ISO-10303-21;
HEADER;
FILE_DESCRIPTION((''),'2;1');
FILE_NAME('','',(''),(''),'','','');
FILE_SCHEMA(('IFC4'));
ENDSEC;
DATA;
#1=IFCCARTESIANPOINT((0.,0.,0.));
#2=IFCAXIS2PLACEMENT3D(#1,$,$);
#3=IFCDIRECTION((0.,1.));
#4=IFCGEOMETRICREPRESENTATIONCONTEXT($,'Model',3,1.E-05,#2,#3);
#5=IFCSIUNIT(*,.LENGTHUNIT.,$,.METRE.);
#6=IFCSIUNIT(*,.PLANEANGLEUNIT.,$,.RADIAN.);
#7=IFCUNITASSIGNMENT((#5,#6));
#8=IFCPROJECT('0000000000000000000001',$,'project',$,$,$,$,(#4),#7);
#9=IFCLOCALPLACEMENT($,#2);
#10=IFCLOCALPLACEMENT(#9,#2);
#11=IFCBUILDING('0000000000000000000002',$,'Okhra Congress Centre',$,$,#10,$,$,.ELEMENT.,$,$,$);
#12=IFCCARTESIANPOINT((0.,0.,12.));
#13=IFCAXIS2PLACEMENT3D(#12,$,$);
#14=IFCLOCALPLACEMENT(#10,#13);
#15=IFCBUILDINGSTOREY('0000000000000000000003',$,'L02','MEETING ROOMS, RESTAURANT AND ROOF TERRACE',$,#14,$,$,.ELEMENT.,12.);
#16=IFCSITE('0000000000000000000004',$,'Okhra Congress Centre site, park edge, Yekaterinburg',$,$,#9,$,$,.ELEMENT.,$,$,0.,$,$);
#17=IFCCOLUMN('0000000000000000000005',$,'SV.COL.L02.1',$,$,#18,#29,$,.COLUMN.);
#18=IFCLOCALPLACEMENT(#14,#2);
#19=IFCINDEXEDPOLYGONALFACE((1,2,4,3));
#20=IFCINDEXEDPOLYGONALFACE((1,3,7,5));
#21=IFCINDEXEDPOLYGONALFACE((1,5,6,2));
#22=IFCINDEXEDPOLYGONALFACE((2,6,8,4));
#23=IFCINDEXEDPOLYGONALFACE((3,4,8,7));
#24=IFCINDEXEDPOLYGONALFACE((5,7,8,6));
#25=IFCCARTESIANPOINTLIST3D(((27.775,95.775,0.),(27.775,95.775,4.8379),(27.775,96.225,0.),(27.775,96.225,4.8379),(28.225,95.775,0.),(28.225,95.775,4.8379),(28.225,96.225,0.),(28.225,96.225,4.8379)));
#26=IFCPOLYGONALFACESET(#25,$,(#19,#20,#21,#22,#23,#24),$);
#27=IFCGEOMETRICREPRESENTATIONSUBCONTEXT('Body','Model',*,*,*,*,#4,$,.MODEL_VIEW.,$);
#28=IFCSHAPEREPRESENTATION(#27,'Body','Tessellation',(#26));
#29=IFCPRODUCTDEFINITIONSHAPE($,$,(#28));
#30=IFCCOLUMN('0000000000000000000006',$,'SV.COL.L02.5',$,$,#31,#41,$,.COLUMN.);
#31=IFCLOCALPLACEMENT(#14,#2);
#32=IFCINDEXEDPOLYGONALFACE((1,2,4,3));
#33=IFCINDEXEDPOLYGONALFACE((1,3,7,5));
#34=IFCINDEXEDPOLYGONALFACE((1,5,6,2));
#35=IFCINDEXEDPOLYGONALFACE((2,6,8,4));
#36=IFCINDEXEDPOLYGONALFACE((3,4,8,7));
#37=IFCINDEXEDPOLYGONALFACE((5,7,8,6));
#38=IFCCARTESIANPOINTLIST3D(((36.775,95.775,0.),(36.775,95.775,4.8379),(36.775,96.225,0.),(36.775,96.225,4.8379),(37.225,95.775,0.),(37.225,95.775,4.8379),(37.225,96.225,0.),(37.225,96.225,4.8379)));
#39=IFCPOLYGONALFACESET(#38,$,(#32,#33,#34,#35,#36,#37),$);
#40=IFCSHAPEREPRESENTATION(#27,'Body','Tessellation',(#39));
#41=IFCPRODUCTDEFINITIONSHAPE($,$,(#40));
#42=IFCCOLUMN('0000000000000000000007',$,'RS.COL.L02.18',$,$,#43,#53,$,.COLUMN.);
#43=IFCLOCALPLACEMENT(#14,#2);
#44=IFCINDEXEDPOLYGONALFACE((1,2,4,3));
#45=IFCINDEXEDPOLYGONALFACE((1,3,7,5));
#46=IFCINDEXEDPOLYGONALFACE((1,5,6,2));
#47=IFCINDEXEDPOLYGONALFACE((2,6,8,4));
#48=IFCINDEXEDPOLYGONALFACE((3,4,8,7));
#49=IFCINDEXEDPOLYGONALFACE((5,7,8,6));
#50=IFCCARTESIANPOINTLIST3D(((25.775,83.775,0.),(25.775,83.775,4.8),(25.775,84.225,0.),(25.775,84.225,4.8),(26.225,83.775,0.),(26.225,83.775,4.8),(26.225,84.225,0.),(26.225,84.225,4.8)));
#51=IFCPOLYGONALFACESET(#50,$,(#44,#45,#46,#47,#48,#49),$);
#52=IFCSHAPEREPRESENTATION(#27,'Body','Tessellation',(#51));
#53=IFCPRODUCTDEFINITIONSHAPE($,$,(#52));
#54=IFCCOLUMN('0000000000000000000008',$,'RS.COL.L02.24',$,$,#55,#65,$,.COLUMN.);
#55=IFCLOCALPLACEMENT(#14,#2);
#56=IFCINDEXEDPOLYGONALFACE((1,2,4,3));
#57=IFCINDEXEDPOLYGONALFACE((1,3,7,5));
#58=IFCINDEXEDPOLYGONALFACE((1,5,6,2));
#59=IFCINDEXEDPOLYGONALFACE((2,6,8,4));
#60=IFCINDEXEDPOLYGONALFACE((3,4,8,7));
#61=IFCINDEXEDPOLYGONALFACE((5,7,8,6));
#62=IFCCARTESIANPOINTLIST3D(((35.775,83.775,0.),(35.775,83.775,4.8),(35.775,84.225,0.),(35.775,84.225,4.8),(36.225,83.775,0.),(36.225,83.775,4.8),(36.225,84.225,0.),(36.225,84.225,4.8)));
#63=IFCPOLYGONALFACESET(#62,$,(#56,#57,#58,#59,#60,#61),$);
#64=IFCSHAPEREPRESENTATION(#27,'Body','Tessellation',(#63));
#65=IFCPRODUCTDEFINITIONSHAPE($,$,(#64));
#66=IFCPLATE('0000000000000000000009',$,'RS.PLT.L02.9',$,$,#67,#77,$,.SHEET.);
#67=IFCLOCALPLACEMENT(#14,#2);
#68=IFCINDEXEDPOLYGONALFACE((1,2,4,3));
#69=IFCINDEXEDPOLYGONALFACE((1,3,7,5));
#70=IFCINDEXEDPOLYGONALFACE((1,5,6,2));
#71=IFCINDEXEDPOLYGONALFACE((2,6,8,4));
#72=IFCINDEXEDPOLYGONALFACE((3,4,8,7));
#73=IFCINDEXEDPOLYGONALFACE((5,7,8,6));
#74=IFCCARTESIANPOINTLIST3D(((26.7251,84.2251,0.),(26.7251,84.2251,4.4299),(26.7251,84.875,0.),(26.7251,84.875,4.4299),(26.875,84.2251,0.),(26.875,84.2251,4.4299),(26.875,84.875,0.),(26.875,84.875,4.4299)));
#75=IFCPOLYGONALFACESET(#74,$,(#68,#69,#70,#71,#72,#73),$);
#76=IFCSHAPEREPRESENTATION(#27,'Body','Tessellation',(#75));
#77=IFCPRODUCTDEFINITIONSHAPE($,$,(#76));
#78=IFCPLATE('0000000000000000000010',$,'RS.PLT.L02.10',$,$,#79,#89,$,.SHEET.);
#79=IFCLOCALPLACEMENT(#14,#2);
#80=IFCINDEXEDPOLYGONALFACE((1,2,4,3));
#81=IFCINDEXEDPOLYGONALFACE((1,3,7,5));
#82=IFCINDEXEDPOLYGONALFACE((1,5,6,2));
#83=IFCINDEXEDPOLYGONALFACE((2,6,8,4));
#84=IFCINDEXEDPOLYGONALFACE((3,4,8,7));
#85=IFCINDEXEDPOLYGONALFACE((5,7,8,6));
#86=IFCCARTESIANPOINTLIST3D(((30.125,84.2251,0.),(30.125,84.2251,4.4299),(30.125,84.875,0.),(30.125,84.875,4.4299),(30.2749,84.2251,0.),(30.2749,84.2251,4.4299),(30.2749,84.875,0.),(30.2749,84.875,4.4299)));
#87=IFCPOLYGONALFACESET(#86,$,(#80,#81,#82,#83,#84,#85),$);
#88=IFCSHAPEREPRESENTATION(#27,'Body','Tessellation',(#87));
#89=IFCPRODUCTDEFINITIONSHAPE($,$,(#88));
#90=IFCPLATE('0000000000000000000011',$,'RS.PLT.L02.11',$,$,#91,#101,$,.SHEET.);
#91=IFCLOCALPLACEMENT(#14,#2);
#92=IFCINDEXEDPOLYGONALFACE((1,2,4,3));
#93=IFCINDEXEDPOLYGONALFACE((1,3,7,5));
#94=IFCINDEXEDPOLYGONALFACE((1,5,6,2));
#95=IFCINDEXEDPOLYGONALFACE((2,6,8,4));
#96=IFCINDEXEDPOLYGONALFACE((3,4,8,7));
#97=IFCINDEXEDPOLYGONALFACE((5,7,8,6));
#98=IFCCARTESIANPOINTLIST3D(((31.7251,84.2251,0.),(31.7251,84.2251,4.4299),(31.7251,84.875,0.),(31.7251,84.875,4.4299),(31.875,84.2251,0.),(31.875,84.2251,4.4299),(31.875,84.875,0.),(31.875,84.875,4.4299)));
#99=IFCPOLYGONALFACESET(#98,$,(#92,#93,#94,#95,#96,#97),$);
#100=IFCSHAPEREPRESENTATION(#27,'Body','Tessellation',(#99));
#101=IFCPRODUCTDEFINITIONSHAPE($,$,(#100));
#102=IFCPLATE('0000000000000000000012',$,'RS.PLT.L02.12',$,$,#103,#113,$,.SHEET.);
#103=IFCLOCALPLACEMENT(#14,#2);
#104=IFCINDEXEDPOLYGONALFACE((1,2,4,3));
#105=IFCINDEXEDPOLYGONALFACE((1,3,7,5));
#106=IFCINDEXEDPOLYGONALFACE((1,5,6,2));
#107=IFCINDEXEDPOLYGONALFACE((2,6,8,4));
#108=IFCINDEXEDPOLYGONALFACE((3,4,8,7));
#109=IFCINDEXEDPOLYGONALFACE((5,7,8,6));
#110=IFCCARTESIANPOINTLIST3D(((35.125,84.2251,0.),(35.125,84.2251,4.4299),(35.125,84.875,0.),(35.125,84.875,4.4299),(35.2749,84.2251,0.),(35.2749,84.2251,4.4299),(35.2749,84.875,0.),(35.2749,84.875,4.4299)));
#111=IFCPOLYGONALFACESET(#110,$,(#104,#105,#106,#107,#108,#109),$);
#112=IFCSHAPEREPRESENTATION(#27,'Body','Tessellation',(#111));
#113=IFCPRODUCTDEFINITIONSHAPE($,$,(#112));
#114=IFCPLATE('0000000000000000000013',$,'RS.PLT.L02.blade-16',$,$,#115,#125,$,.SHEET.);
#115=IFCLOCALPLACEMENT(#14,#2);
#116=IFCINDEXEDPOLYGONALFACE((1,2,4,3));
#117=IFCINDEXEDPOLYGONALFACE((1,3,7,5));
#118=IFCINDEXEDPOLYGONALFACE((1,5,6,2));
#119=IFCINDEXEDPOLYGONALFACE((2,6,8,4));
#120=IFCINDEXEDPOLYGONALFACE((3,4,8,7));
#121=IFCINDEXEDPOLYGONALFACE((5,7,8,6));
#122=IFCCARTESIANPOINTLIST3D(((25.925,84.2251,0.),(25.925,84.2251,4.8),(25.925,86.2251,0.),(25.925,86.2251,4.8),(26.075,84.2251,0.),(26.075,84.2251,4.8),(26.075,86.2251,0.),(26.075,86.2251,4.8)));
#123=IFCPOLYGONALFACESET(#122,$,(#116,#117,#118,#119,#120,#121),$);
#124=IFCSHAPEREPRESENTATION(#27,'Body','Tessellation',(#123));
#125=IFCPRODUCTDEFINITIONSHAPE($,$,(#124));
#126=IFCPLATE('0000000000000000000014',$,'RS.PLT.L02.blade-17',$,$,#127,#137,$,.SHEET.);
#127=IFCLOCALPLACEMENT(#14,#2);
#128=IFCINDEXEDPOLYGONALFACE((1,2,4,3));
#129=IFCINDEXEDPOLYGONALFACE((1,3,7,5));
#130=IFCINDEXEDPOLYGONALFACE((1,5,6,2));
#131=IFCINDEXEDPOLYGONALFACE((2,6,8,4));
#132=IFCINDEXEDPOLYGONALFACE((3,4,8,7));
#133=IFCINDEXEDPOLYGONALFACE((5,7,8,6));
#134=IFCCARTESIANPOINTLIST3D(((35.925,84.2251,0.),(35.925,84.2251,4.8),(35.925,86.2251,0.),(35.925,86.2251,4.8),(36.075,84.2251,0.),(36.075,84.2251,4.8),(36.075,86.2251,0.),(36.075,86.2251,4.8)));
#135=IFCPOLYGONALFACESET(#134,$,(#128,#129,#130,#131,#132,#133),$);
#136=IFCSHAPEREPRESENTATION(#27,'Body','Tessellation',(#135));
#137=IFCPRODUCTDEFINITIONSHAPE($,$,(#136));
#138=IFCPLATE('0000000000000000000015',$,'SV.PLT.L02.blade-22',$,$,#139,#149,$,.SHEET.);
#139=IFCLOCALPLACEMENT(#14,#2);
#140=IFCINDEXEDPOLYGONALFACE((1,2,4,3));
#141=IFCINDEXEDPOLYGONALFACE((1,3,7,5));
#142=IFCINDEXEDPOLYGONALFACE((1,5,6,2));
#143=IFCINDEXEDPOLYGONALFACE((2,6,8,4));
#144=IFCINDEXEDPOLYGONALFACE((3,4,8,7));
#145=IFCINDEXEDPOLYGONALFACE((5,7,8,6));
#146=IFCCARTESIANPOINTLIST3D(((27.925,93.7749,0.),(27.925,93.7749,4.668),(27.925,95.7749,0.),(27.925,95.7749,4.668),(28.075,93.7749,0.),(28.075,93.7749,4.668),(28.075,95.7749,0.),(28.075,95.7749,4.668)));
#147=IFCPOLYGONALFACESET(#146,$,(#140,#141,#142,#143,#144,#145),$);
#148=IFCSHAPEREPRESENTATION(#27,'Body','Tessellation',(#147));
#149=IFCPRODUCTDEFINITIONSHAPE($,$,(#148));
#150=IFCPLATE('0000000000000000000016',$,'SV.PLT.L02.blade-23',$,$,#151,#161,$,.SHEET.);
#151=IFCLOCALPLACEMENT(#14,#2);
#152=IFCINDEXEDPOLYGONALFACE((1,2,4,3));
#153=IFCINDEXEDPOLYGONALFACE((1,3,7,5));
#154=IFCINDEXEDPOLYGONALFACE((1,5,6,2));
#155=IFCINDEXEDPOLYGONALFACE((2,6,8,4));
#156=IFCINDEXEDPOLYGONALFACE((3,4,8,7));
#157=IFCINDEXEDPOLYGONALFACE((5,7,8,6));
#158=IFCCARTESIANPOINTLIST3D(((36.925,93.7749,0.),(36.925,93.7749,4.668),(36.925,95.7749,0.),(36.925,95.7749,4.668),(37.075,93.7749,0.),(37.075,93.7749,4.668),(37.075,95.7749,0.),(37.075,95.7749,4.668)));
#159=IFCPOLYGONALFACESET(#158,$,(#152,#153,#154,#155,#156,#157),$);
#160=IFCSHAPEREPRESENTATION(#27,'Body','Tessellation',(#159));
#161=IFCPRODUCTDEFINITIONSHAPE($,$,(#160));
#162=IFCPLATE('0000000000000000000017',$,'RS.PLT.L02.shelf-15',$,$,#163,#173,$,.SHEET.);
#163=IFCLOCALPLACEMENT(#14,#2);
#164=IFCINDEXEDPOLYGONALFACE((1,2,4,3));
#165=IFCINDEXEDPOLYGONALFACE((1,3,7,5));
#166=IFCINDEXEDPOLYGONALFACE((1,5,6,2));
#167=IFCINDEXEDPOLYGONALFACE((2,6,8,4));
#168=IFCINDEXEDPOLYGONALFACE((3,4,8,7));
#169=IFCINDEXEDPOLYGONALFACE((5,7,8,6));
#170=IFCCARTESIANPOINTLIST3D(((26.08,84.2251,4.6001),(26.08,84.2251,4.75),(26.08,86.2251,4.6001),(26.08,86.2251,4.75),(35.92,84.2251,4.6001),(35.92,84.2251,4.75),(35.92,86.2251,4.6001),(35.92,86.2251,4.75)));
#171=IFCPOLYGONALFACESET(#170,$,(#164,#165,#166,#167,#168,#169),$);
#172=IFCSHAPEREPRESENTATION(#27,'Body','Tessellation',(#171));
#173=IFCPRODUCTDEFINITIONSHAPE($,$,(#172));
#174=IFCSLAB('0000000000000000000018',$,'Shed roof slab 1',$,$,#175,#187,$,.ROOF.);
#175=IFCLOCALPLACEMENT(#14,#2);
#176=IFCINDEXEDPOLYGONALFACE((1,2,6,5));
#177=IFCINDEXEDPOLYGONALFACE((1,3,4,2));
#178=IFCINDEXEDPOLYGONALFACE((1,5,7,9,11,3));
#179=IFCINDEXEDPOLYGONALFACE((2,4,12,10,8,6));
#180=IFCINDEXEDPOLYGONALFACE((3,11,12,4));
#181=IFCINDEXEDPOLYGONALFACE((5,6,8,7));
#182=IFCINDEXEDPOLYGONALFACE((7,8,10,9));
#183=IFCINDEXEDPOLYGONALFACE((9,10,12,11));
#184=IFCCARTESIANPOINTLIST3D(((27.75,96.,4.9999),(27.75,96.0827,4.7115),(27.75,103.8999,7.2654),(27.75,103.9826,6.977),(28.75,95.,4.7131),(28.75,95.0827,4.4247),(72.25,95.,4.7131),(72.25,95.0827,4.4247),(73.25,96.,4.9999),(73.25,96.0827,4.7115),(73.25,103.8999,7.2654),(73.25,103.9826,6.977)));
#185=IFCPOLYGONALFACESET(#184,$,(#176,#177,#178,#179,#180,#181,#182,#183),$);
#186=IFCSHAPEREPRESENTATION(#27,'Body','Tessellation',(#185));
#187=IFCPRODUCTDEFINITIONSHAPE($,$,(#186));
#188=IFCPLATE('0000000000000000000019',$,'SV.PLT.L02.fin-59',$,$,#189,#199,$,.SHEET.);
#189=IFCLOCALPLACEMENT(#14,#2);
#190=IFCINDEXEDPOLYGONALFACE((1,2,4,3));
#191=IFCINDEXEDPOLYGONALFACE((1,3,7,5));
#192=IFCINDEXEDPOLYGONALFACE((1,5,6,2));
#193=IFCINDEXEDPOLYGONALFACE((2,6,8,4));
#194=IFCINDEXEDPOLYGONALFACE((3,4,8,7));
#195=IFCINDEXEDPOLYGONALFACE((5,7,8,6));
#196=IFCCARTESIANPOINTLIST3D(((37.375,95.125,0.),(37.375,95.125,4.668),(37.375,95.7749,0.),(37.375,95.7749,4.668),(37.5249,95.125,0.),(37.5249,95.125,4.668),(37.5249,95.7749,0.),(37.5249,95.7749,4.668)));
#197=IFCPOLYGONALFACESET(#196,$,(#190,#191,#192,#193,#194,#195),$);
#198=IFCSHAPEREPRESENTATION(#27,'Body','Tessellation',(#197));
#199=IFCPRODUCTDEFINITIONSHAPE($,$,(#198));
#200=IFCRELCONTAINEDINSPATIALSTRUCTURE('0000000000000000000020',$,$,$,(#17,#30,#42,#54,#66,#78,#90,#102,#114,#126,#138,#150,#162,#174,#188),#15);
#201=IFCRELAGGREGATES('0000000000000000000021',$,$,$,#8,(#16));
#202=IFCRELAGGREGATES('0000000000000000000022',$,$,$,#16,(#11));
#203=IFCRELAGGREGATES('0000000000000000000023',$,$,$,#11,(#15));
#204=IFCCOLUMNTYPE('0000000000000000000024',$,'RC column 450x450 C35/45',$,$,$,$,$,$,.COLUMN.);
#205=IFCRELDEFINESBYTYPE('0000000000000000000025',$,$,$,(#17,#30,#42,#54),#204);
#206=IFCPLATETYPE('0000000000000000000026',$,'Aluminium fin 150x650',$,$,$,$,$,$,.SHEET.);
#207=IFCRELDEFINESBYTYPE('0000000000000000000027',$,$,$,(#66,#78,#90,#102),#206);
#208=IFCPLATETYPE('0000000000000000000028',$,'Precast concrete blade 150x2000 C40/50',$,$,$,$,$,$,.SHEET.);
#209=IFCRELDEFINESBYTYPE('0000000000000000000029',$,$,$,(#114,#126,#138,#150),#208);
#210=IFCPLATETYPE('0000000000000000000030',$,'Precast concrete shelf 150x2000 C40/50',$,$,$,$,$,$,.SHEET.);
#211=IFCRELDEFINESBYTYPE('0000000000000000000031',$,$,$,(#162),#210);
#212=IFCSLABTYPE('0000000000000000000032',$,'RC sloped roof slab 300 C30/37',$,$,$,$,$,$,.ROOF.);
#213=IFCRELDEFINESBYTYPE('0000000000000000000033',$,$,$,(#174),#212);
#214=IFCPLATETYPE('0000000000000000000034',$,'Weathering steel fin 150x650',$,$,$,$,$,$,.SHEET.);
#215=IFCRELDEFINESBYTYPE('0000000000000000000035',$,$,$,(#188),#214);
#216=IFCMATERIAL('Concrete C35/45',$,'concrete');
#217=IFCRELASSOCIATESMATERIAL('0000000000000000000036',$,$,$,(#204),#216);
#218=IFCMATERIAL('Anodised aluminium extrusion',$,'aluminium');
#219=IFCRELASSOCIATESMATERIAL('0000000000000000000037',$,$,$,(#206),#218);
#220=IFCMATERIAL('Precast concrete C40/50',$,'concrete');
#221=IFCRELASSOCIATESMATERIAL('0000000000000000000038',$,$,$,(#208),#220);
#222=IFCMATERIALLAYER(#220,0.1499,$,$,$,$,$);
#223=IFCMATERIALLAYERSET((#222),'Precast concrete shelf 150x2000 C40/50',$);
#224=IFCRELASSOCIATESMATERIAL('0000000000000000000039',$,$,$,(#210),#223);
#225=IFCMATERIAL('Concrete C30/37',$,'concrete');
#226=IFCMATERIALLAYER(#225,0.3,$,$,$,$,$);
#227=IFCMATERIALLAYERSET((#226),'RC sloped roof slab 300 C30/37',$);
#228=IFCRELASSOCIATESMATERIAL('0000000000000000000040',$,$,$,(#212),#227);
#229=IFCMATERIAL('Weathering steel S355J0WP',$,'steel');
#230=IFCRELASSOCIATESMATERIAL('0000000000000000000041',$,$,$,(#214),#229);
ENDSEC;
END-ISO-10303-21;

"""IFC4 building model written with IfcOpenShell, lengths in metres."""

from ifc_helpers import new_model, si_unit, direction, frame, origin, origin_2d, place, context, subcontext, project, spatial, polyline, rectangle, outline, extrude, material, layer, layer_set, material_profile, profile_set, type_object, element, save


model = new_model("IFC4")

# Units and contexts
model_context = context("Model", 3, precision=1e-05, world=origin(), true_north=direction((0.0, 1.0)))
body_context = subcontext(model_context, "Body", "Model", "MODEL_VIEW")
ifc_project = project(units=[si_unit("LENGTHUNIT", "METRE"), si_unit("PLANEANGLEUNIT", "RADIAN")], contexts=[model_context])

# Site, building, storey
site_placement = place(None, origin())
site = spatial("IfcSite", under=ifc_project, at=site_placement, Name="Okhra Congress Centre site, park edge, Yekaterinburg", CompositionType="ELEMENT", RefElevation=0.0)
building_placement = place(site_placement, origin())
building = spatial("IfcBuilding", under=site, at=building_placement, Name="Okhra Congress Centre", CompositionType="ELEMENT")
storey_placement = place(building_placement, frame((0.0, 0.0, 12.0)))
storey = spatial("IfcBuildingStorey", under=building, at=storey_placement, Name="L02", Description="MEETING ROOMS, RESTAURANT AND ROOF TERRACE", CompositionType="ELEMENT", Elevation=12.0)

# Columns
ifc_material_1 = material(Name="Concrete C35/45", Category="concrete")
ifc_material_profile = material_profile(ifc_material_1, rectangle(XDim=0.45, YDim=0.45, at=origin_2d()), Name="RC 450x450")
ifc_profile_set = profile_set([ifc_material_profile], Name="Concrete C35/45")
column_type = type_object("IfcColumnType", Name="RC column 450x450 C35/45", PredefinedType="COLUMN", material=ifc_profile_set)
for number, where, z_axis, x_axis, name in (
    (1, (28.0, 96.0, 0.0), (0.0, 0.0, 1.0), (1.0, 0.0, 0.0), "SV.COL.L02.1"),
    (2, (37.0, 96.0, 0.0), (0.0, 0.0, 1.0), (1.0, 0.0, 0.0), "SV.COL.L02.5"),
):
    element("IfcColumn", number, at=place(storey_placement, frame(where, z_axis=z_axis, x_axis=x_axis)), inside=storey, type_object=column_type, Name=name, PredefinedType="COLUMN", context=body_context, shape_type="SweptSolid", body=[
        extrude(rectangle(XDim=0.45, YDim=0.45, at=origin_2d()), origin(), (0.0, 0.0, 1.0), 4.8379),
    ])
for number, where, z_axis, x_axis, name in (
    (3, (26.0, 84.0, 0.0), (0.0, 0.0, 1.0), (1.0, 0.0, 0.0), "RS.COL.L02.18"),
    (4, (36.0, 84.0, 0.0), (0.0, 0.0, 1.0), (1.0, 0.0, 0.0), "RS.COL.L02.24"),
):
    element("IfcColumn", number, at=place(storey_placement, frame(where, z_axis=z_axis, x_axis=x_axis)), inside=storey, type_object=column_type, Name=name, PredefinedType="COLUMN", context=body_context, shape_type="SweptSolid", body=[
        extrude(rectangle(XDim=0.45, YDim=0.45, at=origin_2d()), origin(), (0.0, 0.0, 1.0), 4.8),
    ])

# Plates
ifc_material_2 = material(Name="Anodised aluminium extrusion", Category="aluminium")
plate_type_1 = type_object("IfcPlateType", Name="Aluminium fin 150x650", PredefinedType="SHEET", material=ifc_material_2)
for number, where, z_axis, x_axis, name in (
    (5, (26.8, 84.55, 0.0), (0.0, 0.0, 1.0), (-1.0, 0.0, 0.0), "RS.PLT.L02.9"),
    (6, (30.2, 84.55, 0.0), (0.0, 0.0, 1.0), (-1.0, 0.0, 0.0), "RS.PLT.L02.10"),
    (7, (31.8, 84.55, 0.0), (0.0, 0.0, 1.0), (-1.0, 0.0, 0.0), "RS.PLT.L02.11"),
    (8, (35.2, 84.55, 0.0), (0.0, 0.0, 1.0), (-1.0, 0.0, 0.0), "RS.PLT.L02.12"),
):
    element("IfcPlate", number, at=place(storey_placement, frame(where, z_axis=z_axis, x_axis=x_axis)), inside=storey, type_object=plate_type_1, Name=name, PredefinedType="SHEET", context=body_context, shape_type="SweptSolid", body=[
        extrude(rectangle(XDim=0.1499, YDim=0.6499, at=origin_2d()), origin(), (0.0, 0.0, 1.0), 4.4299),
    ])
ifc_material_3 = material(Name="Precast concrete C40/50", Category="concrete")
plate_type_2 = type_object("IfcPlateType", Name="Precast concrete blade 150x2000 C40/50", PredefinedType="SHEET", material=ifc_material_3)
for number, where, z_axis, x_axis, name in (
    (9, (26.0, 85.2251, 0.0), (0.0, 0.0, 1.0), (-1.0, 0.0, 0.0), "RS.PLT.L02.blade-16"),
    (10, (36.0, 85.2251, 0.0), (0.0, 0.0, 1.0), (-1.0, 0.0, 0.0), "RS.PLT.L02.blade-17"),
):
    element("IfcPlate", number, at=place(storey_placement, frame(where, z_axis=z_axis, x_axis=x_axis)), inside=storey, type_object=plate_type_2, Name=name, PredefinedType="SHEET", context=body_context, shape_type="SweptSolid", body=[
        extrude(rectangle(XDim=0.1499, YDim=2.0, at=origin_2d()), origin(), (0.0, 0.0, 1.0), 4.8),
    ])
for number, where, z_axis, x_axis, name in (
    (11, (28.0, 94.7749, 0.0), (0.0, 0.0, 1.0), (1.0, 0.0, 0.0), "SV.PLT.L02.blade-22"),
    (12, (37.0, 94.7749, 0.0), (0.0, 0.0, 1.0), (1.0, 0.0, 0.0), "SV.PLT.L02.blade-23"),
):
    element("IfcPlate", number, at=place(storey_placement, frame(where, z_axis=z_axis, x_axis=x_axis)), inside=storey, type_object=plate_type_2, Name=name, PredefinedType="SHEET", context=body_context, shape_type="SweptSolid", body=[
        extrude(rectangle(XDim=0.1499, YDim=2.0, at=origin_2d()), origin(), (0.0, 0.0, 1.0), 4.668),
    ])
ifc_layer_1 = layer(ifc_material_3, 0.1499)
ifc_layer_set_1 = layer_set([ifc_layer_1], Name="Precast concrete shelf 150x2000 C40/50")
plate_type_3 = type_object("IfcPlateType", Name="Precast concrete shelf 150x2000 C40/50", PredefinedType="SHEET", material=ifc_layer_set_1)
plate_1_placement = place(storey_placement, frame((31.0, 85.2251, 4.6001), z_axis=(0.0, 0.0, 1.0), x_axis=(-1.0, 0.0, 0.0)))
element("IfcPlate", 13, at=plate_1_placement, inside=storey, type_object=plate_type_3, Name="RS.PLT.L02.shelf-15", PredefinedType="SHEET", context=body_context, shape_type="SweptSolid", body=[
    extrude(rectangle(XDim=9.8401, YDim=2.0, at=origin_2d()), origin(), (0.0, 0.0, 1.0), 0.1499),
])

# Slab
ifc_material_4 = material(Name="Concrete C30/37", Category="concrete")
ifc_layer_2 = layer(ifc_material_4, 0.3)
ifc_layer_set_2 = layer_set([ifc_layer_2], Name="RC sloped roof slab 300 C30/37")
slab_type = type_object("IfcSlabType", Name="RC sloped roof slab 300 C30/37", PredefinedType="ROOF", material=ifc_layer_set_2)
slab_placement = place(storey_placement, frame((28.75, 95.0, 4.7131), z_axis=(0.0, -0.275661, 0.961255), x_axis=(1.0, 0.0, 0.0)))
element("IfcSlab", 14, at=slab_placement, inside=storey, type_object=slab_type, Name="Shed roof slab 1", PredefinedType="ROOF", context=body_context, shape_type="SweptSolid", body=[
    extrude(outline(polyline([(0.0, 0.0), (43.5, 0.0), (44.5, 1.0403), (44.5, 9.2586), (-1.0, 9.2586), (-1.0, 1.0403), (0.0, 0.0)])), origin(), (0.0, 0.0, -1.0), 0.3),
])

# Plate
ifc_material_5 = material(Name="Weathering steel S355J0WP", Category="steel")
plate_type_4 = type_object("IfcPlateType", Name="Weathering steel fin 150x650", PredefinedType="SHEET", material=ifc_material_5)
plate_2_placement = place(storey_placement, frame((37.45, 95.45, 0.0), z_axis=(0.0, 0.0, 1.0), x_axis=(1.0, 0.0, 0.0)))
element("IfcPlate", 15, at=plate_2_placement, inside=storey, type_object=plate_type_4, Name="SV.PLT.L02.fin-59", PredefinedType="SHEET", context=body_context, shape_type="SweptSolid", body=[
    extrude(rectangle(XDim=0.1499, YDim=0.6499, at=origin_2d()), origin(), (0.0, 0.0, 1.0), 4.668),
])

save(model, "model.ifc")
